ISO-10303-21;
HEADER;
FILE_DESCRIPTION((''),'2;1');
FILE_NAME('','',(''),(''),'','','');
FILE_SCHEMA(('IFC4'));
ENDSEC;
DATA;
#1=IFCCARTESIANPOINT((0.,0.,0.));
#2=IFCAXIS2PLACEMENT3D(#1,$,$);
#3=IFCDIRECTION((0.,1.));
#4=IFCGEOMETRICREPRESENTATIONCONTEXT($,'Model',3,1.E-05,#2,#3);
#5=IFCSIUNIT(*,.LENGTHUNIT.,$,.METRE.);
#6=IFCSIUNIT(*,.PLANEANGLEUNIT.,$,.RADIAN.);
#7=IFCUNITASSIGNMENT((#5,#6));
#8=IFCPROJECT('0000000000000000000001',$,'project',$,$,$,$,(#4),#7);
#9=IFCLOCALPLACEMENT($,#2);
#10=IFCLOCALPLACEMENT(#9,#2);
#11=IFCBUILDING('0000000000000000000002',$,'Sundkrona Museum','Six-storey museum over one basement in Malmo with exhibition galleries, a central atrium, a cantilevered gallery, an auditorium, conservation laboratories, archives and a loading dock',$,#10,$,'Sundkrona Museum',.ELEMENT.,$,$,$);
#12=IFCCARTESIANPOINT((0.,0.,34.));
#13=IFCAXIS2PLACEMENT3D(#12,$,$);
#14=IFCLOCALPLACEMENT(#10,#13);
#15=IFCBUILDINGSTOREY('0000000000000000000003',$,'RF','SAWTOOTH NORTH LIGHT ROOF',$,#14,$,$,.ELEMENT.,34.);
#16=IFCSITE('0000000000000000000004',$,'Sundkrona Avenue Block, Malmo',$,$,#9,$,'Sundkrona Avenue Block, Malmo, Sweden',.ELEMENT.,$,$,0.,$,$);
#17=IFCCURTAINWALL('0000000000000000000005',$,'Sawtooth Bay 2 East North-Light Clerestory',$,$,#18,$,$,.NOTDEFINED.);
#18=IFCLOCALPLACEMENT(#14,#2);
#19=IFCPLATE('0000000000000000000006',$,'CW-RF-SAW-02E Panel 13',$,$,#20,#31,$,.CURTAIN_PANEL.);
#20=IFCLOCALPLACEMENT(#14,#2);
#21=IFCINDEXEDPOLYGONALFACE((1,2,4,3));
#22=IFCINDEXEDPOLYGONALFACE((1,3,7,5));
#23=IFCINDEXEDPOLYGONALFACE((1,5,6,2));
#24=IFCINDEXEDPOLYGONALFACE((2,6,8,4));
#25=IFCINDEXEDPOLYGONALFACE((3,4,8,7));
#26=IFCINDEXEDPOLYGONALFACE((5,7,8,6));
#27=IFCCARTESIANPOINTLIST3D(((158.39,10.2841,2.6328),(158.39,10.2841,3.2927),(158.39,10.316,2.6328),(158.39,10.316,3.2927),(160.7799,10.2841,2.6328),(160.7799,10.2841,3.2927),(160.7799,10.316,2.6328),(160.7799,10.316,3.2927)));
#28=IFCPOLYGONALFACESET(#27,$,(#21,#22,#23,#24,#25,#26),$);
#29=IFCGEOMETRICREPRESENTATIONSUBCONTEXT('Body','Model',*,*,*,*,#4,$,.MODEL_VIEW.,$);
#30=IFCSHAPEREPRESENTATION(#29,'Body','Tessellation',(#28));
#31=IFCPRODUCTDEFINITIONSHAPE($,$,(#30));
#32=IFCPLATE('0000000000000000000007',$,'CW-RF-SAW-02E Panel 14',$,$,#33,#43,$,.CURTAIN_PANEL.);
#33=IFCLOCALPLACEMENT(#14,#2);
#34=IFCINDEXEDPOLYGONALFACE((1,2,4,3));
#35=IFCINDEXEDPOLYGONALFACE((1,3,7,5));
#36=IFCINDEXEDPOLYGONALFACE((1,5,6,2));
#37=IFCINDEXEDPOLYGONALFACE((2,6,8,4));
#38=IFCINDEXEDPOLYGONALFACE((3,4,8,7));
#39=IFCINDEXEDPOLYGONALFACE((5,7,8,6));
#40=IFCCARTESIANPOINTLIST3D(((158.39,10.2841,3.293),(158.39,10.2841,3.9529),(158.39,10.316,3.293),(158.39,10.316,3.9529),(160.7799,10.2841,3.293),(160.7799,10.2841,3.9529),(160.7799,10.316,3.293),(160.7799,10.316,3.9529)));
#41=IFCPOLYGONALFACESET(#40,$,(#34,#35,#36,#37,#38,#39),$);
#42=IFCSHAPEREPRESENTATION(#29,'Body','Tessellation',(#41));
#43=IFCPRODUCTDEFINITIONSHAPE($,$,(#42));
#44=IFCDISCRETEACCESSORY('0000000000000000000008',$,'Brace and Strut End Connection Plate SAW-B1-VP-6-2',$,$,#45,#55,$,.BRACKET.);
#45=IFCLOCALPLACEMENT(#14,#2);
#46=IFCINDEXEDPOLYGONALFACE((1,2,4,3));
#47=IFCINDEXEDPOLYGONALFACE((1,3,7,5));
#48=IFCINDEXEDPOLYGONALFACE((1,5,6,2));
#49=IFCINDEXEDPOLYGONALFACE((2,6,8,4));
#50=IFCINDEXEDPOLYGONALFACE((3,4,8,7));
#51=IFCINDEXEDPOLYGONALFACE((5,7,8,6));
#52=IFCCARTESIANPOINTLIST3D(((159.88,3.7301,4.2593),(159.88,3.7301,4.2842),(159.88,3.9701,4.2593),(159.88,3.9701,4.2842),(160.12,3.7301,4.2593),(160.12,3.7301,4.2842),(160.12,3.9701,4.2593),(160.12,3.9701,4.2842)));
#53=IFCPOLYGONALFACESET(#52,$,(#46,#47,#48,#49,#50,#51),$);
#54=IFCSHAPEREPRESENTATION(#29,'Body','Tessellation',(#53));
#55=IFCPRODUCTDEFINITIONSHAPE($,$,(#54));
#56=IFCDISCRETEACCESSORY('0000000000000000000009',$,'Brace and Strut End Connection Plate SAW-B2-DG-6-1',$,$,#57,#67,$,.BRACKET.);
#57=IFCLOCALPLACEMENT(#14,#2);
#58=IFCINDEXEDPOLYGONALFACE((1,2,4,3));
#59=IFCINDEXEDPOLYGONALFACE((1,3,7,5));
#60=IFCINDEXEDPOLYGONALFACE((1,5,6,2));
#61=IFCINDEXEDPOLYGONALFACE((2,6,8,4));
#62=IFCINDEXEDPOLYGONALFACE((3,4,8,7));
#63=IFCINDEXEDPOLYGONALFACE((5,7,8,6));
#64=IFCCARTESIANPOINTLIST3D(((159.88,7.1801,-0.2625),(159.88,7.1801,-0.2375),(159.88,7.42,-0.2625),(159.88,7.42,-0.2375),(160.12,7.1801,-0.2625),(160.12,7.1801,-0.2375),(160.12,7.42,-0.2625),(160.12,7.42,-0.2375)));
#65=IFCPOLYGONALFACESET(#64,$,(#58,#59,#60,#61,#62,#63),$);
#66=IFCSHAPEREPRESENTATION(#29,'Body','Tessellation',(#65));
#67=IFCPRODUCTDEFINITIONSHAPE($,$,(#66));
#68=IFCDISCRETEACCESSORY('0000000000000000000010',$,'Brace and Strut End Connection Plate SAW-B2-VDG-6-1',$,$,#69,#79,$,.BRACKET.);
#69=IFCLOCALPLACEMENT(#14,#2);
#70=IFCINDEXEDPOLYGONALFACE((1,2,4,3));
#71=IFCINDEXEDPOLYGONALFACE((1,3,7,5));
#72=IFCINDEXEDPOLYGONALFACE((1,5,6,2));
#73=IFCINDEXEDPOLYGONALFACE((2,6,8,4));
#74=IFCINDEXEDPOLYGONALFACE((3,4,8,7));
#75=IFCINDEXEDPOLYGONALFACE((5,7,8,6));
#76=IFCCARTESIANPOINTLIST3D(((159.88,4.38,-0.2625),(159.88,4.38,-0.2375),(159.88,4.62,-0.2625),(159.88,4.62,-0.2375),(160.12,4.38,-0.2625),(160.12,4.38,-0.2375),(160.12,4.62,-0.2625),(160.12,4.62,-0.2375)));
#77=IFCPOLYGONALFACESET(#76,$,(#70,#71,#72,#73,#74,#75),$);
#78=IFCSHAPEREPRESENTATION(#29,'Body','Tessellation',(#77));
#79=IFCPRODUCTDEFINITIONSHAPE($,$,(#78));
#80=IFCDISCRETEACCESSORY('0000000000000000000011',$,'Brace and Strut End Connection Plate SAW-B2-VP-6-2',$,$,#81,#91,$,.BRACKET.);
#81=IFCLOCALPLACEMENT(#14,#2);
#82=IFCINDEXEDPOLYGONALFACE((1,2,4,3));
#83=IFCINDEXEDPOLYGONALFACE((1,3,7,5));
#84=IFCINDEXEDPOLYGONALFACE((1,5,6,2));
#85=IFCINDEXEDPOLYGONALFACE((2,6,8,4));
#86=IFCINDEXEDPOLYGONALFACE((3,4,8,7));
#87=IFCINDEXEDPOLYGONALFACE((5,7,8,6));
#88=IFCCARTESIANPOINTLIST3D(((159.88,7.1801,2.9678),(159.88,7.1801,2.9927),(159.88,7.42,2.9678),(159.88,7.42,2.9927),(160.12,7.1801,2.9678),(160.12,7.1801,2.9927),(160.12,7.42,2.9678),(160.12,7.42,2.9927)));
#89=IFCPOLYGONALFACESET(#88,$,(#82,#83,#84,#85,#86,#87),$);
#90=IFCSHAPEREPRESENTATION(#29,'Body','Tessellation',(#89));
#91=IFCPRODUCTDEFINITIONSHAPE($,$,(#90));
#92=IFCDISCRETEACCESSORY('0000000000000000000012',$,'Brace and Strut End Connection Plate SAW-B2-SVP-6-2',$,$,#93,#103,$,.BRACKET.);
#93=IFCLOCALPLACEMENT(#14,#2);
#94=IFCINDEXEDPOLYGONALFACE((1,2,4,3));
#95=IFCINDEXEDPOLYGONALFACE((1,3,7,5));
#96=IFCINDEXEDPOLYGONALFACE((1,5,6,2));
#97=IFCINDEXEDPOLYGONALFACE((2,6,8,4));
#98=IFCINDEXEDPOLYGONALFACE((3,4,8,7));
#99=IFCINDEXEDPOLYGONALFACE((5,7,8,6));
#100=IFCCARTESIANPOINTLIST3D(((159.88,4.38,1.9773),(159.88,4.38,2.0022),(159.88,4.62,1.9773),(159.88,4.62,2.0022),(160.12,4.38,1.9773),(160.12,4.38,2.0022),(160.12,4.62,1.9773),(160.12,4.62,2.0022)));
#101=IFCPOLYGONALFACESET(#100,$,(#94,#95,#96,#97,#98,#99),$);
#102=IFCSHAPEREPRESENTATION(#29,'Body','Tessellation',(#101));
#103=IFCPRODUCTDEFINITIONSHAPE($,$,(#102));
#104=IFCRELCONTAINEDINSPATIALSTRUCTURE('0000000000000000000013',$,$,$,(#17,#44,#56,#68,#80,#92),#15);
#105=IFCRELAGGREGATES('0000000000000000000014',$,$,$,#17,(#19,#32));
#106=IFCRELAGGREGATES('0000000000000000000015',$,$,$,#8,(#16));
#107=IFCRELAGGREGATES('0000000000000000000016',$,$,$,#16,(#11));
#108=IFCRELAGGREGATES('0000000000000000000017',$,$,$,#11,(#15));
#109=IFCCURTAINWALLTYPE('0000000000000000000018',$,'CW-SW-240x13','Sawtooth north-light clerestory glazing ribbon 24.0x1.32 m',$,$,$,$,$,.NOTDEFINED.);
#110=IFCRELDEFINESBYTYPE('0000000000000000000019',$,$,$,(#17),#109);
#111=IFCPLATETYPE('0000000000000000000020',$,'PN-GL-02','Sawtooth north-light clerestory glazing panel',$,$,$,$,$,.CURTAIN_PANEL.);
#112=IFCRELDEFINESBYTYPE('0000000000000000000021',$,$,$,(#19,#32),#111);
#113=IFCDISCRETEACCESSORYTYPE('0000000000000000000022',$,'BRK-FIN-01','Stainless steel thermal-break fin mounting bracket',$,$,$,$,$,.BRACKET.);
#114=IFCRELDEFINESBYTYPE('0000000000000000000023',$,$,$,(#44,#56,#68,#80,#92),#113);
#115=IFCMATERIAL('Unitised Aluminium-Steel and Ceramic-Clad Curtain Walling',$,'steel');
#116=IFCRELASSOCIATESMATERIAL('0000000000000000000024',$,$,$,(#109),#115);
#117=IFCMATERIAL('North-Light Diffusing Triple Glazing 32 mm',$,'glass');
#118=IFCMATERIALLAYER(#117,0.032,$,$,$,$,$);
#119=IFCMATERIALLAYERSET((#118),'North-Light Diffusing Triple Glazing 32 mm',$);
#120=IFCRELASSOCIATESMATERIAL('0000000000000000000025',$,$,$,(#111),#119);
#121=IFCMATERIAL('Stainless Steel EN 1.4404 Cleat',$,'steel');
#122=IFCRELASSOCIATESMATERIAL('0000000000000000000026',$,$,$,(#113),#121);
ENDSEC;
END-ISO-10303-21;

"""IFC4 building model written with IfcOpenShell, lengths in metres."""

from ifc_helpers import new_model, si_unit, direction, frame, origin, origin_2d, place, context, subcontext, project, spatial, rectangle, extrude, material, layer, layer_set, type_object, element, aggregate, save


model = new_model("IFC4")

# Units and contexts
model_context = context("Model", 3, precision=1e-05, world=origin(), true_north=direction((0.0, 1.0)))
body_context = subcontext(model_context, "Body", "Model", "MODEL_VIEW")
ifc_project = project(units=[si_unit("LENGTHUNIT", "METRE"), si_unit("PLANEANGLEUNIT", "RADIAN")], contexts=[model_context])

# Site, building, storey
site_placement = place(None, origin())
site = spatial("IfcSite", under=ifc_project, at=site_placement, Name="Sundkrona Avenue Block, Malmo", LongName="Sundkrona Avenue Block, Malmo, Sweden", CompositionType="ELEMENT", RefElevation=0.0)
building_placement = place(site_placement, origin())
building = spatial("IfcBuilding", under=site, at=building_placement, Name="Sundkrona Museum", Description="Six-storey museum over one basement in Malmo with exhibition galleries, a central atrium, a cantilevered gallery, an auditorium, conservation laboratories, archives and a loading dock", LongName="Sundkrona Museum", CompositionType="ELEMENT")
storey_placement = place(building_placement, frame((0.0, 0.0, 34.0)))
storey = spatial("IfcBuildingStorey", under=building, at=storey_placement, Name="RF", Description="SAWTOOTH NORTH LIGHT ROOF", CompositionType="ELEMENT", Elevation=34.0)

# Curtain wall
ifc_material_1 = material(Name="Unitised Aluminium-Steel and Ceramic-Clad Curtain Walling", Category="steel")
curtain_wall_type = type_object("IfcCurtainWallType", Name="CW-SW-240x13", Description="Sawtooth north-light clerestory glazing ribbon 24.0x1.32 m", PredefinedType="NOTDEFINED", material=ifc_material_1)
curtain_wall_placement = place(storey_placement, origin())
curtain_wall = element("IfcCurtainWall", 1, at=curtain_wall_placement, inside=storey, type_object=curtain_wall_type, Name="Sawtooth Bay 2 East North-Light Clerestory", PredefinedType="NOTDEFINED")

# Plates
ifc_material_2 = material(Name="North-Light Diffusing Triple Glazing 32 mm", Category="glass")
ifc_layer = layer(ifc_material_2, 0.032)
ifc_layer_set = layer_set([ifc_layer], Name="North-Light Diffusing Triple Glazing 32 mm")
plate_type = type_object("IfcPlateType", Name="PN-GL-02", Description="Sawtooth north-light clerestory glazing panel", PredefinedType="CURTAIN_PANEL", material=ifc_layer_set)
plate_1_placement = place(storey_placement, frame((159.585, 10.3, 2.6328), z_axis=(0.0, 0.0, 1.0), x_axis=(1.0, 0.0, 0.0)))
plate_1 = element("IfcPlate", 2, at=plate_1_placement, type_object=plate_type, Name="CW-RF-SAW-02E Panel 13", PredefinedType="CURTAIN_PANEL", context=body_context, shape_type="SweptSolid", body=[
    extrude(rectangle(XDim=2.3899, YDim=0.032, at=origin_2d()), origin(), (0.0, 0.0, 1.0), 0.6599),
])
plate_2_placement = place(storey_placement, frame((159.585, 10.3, 3.293), z_axis=(0.0, 0.0, 1.0), x_axis=(1.0, 0.0, 0.0)))
plate_2 = element("IfcPlate", 3, at=plate_2_placement, type_object=plate_type, Name="CW-RF-SAW-02E Panel 14", PredefinedType="CURTAIN_PANEL", context=body_context, shape_type="SweptSolid", body=[
    extrude(rectangle(XDim=2.3899, YDim=0.032, at=origin_2d()), origin(), (0.0, 0.0, 1.0), 0.6599),
])
aggregate(curtain_wall, [plate_1, plate_2])

# Discrete accessories
ifc_material_3 = material(Name="Stainless Steel EN 1.4404 Cleat", Category="steel")
discrete_accessory_type = type_object("IfcDiscreteAccessoryType", Name="BRK-FIN-01", Description="Stainless steel thermal-break fin mounting bracket", PredefinedType="BRACKET", material=ifc_material_3)
for number, where, z_axis, x_axis, name in (
    (4, (160.0, 3.8501, 4.2593), (0.0, 0.0, 1.0), (1.0, 0.0, 0.0), "Brace and Strut End Connection Plate SAW-B1-VP-6-2"),
    (5, (160.0, 7.3, -0.2625), (0.0, 0.0, 1.0), (1.0, 0.0, 0.0), "Brace and Strut End Connection Plate SAW-B2-DG-6-1"),
    (6, (160.0, 4.5, -0.2625), (0.0, 0.0, 1.0), (1.0, 0.0, 0.0), "Brace and Strut End Connection Plate SAW-B2-VDG-6-1"),
    (7, (160.0, 7.3, 2.9678), (0.0, 0.0, 1.0), (1.0, 0.0, 0.0), "Brace and Strut End Connection Plate SAW-B2-VP-6-2"),
    (8, (160.0, 4.5, 1.9773), (0.0, 0.0, 1.0), (1.0, 0.0, 0.0), "Brace and Strut End Connection Plate SAW-B2-SVP-6-2"),
):
    element("IfcDiscreteAccessory", number, at=place(storey_placement, frame(where, z_axis=z_axis, x_axis=x_axis)), inside=storey, type_object=discrete_accessory_type, Name=name, PredefinedType="BRACKET", context=body_context, shape_type="SweptSolid", body=[
        extrude(rectangle(XDim=0.24, YDim=0.24, at=origin_2d()), origin(), (0.0, 0.0, 1.0), 0.0249),
    ])

save(model, "model.ifc")
